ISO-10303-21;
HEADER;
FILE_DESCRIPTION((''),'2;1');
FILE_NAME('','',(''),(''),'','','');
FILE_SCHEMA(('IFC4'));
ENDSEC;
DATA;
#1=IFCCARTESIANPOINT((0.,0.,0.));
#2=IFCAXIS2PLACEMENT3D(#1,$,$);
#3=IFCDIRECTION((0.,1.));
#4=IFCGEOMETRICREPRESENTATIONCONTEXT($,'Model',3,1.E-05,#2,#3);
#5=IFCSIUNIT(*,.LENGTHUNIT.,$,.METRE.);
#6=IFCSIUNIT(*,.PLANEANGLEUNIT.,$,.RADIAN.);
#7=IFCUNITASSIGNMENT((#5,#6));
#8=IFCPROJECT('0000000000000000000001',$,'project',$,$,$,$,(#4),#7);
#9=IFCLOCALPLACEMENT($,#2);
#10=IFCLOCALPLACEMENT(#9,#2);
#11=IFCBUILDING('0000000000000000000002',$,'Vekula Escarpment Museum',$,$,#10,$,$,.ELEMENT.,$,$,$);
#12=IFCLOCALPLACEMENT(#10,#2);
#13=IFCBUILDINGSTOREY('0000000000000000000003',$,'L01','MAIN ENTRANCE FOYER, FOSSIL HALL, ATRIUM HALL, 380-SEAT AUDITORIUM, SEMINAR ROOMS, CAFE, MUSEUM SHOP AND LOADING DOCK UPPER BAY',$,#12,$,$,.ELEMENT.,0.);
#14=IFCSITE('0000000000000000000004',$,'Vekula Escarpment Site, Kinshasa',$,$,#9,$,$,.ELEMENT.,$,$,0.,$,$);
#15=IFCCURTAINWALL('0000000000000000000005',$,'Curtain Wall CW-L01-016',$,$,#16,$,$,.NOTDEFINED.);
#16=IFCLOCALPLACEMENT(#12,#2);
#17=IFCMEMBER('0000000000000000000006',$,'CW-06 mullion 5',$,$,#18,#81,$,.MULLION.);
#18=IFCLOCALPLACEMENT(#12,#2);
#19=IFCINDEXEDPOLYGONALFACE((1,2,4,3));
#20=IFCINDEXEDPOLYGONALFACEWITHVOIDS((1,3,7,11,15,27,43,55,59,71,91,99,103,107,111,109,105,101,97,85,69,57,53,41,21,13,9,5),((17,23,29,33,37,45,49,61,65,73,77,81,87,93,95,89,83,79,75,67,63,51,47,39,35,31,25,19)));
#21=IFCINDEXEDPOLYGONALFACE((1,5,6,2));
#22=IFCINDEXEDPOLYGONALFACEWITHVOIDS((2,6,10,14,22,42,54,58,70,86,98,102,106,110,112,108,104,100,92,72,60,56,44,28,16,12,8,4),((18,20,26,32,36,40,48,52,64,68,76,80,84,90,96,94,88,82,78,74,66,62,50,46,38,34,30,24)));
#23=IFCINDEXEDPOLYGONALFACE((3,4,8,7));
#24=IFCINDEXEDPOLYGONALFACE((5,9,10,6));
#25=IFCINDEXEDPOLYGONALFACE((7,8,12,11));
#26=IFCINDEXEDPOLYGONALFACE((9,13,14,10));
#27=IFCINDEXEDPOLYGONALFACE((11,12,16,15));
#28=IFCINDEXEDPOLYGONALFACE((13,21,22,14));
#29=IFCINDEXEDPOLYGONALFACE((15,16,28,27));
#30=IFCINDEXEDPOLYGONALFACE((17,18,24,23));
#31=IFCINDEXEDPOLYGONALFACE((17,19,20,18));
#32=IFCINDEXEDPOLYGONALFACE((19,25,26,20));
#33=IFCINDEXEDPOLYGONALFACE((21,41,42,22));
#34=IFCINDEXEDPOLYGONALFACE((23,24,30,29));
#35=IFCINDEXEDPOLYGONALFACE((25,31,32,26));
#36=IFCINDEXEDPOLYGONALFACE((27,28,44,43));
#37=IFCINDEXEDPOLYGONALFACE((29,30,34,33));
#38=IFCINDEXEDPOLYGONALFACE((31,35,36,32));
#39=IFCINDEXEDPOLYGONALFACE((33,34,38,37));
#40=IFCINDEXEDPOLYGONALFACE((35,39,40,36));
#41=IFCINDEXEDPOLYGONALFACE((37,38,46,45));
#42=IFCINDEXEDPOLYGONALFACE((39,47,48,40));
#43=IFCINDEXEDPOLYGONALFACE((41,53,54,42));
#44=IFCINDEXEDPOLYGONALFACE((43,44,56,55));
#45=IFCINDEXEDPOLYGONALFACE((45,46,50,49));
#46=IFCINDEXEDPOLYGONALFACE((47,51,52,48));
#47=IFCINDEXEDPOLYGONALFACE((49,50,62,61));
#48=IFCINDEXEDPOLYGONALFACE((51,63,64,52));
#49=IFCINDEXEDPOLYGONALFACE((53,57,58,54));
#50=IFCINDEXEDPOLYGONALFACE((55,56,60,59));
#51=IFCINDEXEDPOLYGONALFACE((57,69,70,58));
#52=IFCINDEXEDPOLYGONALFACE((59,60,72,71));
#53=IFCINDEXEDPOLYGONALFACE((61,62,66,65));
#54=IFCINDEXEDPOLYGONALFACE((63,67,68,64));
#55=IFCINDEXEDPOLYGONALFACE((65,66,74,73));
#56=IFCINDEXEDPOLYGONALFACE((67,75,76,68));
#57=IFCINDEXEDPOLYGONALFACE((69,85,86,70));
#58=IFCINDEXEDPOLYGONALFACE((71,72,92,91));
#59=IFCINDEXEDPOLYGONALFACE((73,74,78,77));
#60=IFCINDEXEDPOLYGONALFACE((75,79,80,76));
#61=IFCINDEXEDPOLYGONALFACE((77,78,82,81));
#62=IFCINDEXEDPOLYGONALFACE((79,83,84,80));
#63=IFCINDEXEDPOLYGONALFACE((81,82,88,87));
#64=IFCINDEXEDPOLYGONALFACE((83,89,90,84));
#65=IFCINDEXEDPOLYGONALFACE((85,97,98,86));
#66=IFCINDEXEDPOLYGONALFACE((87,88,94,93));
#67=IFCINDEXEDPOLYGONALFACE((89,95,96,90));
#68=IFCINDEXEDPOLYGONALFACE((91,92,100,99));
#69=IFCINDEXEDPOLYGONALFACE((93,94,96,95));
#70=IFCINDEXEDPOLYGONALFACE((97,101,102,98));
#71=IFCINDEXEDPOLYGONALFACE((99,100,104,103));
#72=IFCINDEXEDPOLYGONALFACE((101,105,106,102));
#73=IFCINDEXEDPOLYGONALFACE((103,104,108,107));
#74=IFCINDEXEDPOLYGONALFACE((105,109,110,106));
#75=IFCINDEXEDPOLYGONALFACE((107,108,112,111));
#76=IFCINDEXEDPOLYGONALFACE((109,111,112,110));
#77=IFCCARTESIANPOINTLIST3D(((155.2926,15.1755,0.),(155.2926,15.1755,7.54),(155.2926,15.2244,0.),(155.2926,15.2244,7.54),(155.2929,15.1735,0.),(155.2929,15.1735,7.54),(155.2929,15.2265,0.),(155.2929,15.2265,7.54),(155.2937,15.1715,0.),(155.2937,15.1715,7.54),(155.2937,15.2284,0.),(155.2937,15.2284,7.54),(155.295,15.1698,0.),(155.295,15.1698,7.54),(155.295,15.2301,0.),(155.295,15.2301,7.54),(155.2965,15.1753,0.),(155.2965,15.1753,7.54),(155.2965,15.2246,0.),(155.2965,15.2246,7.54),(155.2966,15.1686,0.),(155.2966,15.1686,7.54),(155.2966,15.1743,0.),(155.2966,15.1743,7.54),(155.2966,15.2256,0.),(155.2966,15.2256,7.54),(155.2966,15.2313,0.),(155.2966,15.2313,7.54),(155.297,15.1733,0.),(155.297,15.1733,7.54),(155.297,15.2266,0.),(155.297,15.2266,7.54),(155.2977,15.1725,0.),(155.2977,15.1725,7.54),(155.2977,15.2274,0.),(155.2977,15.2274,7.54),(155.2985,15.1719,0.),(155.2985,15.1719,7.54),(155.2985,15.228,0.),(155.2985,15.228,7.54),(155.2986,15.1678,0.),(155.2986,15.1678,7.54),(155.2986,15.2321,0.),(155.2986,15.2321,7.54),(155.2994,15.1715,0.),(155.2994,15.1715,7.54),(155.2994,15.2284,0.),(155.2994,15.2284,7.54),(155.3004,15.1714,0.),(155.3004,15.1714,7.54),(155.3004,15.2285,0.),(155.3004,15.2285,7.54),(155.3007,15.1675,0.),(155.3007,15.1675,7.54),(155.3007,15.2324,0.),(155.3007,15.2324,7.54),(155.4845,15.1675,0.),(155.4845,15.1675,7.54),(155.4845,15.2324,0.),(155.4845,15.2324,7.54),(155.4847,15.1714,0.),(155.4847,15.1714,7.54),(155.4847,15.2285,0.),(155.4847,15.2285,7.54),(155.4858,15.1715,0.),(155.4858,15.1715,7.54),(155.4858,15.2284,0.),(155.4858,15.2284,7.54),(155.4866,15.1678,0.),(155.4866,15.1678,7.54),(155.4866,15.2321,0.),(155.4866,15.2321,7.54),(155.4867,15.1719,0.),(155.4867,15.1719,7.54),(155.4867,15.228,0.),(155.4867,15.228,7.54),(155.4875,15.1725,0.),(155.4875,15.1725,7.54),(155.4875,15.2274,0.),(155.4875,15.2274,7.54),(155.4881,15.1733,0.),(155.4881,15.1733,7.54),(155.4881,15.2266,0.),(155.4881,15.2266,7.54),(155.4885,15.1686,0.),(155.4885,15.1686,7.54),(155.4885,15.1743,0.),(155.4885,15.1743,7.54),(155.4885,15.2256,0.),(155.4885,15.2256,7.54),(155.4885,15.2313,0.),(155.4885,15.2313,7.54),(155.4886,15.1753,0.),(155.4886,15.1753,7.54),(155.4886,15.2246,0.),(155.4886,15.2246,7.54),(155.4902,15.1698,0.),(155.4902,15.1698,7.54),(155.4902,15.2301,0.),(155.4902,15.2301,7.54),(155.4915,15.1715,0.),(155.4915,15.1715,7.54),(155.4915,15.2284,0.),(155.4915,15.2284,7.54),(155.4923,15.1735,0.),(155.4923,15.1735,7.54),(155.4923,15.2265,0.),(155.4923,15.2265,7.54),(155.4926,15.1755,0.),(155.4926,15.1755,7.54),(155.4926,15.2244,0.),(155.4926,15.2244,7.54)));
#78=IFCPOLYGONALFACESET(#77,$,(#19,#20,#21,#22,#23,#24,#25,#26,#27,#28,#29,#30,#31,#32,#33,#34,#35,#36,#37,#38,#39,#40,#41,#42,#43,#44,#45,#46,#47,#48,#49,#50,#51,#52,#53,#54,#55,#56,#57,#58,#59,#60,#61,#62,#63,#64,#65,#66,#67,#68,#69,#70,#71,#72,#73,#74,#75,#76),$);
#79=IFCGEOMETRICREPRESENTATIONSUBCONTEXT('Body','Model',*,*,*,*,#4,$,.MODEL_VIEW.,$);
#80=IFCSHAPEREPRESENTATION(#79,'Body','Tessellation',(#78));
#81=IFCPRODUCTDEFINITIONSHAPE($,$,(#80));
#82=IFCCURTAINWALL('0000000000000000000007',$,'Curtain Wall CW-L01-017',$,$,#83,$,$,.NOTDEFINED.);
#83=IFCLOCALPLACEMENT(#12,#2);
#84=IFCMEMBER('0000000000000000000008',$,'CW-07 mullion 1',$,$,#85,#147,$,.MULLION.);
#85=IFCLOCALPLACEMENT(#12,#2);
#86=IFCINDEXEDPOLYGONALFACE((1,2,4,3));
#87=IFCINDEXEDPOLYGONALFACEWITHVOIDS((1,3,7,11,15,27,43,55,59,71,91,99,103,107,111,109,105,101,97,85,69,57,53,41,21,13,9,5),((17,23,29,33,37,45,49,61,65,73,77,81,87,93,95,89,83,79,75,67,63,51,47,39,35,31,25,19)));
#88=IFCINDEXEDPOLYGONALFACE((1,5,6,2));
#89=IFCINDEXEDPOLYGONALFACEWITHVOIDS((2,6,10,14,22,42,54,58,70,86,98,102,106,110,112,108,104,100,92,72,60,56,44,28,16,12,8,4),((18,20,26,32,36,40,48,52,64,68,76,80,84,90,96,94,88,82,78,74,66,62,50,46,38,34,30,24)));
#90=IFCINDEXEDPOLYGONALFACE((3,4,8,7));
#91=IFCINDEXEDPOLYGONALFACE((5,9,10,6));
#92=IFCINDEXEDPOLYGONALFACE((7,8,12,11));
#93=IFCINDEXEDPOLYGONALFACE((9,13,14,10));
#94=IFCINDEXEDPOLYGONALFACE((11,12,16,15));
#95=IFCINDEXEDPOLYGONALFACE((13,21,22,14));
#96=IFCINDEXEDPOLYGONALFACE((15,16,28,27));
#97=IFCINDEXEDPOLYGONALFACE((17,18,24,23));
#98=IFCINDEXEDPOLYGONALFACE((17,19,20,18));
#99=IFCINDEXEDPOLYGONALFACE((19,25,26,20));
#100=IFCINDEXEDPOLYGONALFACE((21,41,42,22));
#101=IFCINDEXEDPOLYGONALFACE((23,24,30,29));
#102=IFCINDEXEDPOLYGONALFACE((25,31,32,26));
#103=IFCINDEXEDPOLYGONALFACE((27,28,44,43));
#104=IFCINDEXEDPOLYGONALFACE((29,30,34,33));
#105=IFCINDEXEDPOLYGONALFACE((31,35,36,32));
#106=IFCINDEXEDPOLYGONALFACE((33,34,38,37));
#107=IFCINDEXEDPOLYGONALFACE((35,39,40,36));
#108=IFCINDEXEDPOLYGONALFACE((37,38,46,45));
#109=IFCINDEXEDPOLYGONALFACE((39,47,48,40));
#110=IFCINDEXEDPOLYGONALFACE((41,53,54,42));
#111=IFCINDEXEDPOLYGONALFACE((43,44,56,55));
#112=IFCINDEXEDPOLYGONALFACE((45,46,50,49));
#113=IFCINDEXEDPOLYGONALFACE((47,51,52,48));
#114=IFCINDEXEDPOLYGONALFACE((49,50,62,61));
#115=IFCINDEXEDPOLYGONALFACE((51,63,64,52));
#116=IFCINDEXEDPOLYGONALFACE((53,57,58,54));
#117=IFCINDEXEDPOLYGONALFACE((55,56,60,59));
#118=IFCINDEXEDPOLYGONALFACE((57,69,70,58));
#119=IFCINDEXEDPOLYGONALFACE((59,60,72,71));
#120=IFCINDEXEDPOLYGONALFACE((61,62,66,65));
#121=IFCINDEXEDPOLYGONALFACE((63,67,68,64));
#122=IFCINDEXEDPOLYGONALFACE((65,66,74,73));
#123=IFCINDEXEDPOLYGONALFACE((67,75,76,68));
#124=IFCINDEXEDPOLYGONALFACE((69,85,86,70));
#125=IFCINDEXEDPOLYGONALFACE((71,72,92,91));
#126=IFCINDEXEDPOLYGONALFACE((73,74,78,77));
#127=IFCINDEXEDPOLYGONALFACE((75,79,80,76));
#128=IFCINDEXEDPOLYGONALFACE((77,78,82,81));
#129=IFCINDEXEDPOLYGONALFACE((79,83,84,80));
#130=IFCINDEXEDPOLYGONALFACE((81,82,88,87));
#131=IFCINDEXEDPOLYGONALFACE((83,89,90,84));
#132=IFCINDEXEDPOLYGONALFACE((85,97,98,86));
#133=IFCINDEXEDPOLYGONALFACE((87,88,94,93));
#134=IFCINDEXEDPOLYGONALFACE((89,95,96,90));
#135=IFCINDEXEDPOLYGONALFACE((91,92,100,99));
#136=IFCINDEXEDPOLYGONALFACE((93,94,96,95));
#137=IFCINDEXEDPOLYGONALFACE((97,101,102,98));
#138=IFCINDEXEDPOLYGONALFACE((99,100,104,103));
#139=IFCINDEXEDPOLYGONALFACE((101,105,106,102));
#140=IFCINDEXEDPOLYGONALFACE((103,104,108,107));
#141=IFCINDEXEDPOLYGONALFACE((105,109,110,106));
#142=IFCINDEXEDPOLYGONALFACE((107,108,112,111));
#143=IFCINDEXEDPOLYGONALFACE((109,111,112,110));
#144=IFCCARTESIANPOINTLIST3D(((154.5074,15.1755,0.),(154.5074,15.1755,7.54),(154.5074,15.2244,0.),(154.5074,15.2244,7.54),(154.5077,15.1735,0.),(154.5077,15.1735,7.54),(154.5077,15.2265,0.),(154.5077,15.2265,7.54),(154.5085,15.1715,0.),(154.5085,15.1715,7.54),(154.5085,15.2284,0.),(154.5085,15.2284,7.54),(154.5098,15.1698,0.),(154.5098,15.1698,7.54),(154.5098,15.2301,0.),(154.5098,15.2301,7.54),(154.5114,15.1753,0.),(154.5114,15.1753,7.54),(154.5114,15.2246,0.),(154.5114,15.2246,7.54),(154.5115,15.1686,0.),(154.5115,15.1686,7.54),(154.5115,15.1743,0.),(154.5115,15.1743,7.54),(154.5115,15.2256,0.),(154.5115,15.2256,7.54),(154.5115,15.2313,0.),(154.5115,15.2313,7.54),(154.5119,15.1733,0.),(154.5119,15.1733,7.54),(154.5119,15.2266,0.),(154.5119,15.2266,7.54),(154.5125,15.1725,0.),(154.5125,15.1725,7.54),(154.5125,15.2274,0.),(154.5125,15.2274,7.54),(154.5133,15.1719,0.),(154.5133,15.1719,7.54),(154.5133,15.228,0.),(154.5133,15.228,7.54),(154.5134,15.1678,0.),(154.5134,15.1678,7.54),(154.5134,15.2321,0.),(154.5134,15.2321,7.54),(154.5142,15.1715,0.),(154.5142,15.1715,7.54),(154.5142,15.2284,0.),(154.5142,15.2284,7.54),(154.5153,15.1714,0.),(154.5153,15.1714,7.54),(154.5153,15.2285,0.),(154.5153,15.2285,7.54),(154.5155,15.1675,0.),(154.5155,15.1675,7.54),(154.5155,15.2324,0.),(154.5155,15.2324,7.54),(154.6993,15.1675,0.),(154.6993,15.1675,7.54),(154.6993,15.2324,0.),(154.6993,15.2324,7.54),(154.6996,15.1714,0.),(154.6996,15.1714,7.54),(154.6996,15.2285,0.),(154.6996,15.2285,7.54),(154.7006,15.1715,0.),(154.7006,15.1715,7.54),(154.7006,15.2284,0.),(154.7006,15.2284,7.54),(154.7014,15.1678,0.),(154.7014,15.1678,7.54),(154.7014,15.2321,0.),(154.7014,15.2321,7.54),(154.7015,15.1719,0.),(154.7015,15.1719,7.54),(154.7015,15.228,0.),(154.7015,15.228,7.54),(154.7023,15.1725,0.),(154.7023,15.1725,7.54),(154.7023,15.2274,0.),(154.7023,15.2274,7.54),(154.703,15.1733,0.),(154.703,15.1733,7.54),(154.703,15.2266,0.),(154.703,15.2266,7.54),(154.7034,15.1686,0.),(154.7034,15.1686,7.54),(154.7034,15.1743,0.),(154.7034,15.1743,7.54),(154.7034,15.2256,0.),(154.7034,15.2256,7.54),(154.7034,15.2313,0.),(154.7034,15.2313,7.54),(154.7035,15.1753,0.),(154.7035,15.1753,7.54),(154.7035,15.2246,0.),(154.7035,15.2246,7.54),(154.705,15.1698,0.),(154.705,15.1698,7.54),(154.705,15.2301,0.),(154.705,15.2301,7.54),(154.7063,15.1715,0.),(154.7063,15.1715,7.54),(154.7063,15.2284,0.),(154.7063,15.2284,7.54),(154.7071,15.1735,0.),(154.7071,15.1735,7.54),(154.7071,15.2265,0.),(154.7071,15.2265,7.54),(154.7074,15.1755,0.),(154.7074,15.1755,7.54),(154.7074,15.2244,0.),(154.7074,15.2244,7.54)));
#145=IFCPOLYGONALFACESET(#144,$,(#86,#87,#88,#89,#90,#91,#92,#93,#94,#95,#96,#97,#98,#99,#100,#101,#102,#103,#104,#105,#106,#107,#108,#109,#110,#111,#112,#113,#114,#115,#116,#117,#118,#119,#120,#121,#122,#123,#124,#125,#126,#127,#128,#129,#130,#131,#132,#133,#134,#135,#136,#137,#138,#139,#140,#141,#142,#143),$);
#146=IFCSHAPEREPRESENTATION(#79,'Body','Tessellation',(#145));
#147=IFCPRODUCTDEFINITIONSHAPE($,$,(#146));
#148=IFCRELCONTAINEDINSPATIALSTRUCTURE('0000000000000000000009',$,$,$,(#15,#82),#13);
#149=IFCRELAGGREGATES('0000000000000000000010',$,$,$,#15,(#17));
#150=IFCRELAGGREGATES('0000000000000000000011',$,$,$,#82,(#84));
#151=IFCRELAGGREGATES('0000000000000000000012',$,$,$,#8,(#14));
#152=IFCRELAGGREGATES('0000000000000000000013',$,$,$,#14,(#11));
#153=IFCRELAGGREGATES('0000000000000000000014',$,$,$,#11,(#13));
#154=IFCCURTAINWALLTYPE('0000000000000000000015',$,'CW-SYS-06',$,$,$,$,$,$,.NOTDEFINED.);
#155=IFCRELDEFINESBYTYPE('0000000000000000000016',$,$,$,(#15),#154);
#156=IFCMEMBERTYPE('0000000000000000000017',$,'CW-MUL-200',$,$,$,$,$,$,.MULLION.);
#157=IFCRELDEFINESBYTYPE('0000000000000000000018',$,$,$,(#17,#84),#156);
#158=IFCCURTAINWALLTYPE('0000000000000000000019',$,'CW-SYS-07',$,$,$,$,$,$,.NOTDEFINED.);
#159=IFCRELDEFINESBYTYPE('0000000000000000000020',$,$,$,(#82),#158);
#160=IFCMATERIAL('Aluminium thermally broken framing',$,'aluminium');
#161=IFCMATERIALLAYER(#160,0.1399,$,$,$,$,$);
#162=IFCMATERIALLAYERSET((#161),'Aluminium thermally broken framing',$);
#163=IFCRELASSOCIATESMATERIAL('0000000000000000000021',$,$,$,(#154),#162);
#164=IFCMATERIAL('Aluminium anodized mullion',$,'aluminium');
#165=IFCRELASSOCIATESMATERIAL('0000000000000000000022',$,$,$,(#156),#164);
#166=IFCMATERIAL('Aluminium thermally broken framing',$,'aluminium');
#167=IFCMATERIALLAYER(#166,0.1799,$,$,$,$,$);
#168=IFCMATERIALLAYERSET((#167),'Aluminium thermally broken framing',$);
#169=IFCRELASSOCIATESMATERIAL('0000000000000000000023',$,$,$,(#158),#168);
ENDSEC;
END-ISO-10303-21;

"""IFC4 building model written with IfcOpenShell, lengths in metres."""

from ifc_helpers import new_model, si_unit, direction, frame, origin, origin_2d, place, context, subcontext, project, spatial, hollow_rectangle, extrude, material, layer, layer_set, material_profile, profile_set, type_object, element, aggregate, save


model = new_model("IFC4")

# Units and contexts
model_context = context("Model", 3, precision=1e-05, world=origin(), true_north=direction((0.0, 1.0)))
body_context = subcontext(model_context, "Body", "Model", "MODEL_VIEW")
ifc_project = project(units=[si_unit("LENGTHUNIT", "METRE"), si_unit("PLANEANGLEUNIT", "RADIAN")], contexts=[model_context])

# Site, building, storey
site_placement = place(None, origin())
site = spatial("IfcSite", under=ifc_project, at=site_placement, Name="Vekula Escarpment Site, Kinshasa", CompositionType="ELEMENT", RefElevation=0.0)
building_placement = place(site_placement, origin())
building = spatial("IfcBuilding", under=site, at=building_placement, Name="Vekula Escarpment Museum", CompositionType="ELEMENT")
storey_placement = place(building_placement, origin())
storey = spatial("IfcBuildingStorey", under=building, at=storey_placement, Name="L01", Description="MAIN ENTRANCE FOYER, FOSSIL HALL, ATRIUM HALL, 380-SEAT AUDITORIUM, SEMINAR ROOMS, CAFE, MUSEUM SHOP AND LOADING DOCK UPPER BAY", CompositionType="ELEMENT", Elevation=0.0)

# Curtain walls, members
ifc_material_1 = material(Name="Aluminium thermally broken framing", Category="aluminium")
ifc_layer_1 = layer(ifc_material_1, 0.1399)
ifc_layer_set_1 = layer_set([ifc_layer_1], Name="Aluminium thermally broken framing")
curtain_wall_type_1 = type_object("IfcCurtainWallType", Name="CW-SYS-06", PredefinedType="NOTDEFINED", material=ifc_layer_set_1)
curtain_wall_1_placement = place(storey_placement, origin())
curtain_wall_1 = element("IfcCurtainWall", 1, at=curtain_wall_1_placement, inside=storey, type_object=curtain_wall_type_1, Name="Curtain Wall CW-L01-016", PredefinedType="NOTDEFINED")
ifc_material_2 = material(Name="Aluminium anodized mullion", Category="aluminium")
ifc_material_profile_1 = material_profile(ifc_material_2, hollow_rectangle(XDim=0.0649, YDim=0.2, WallThickness=0.0039, InnerFilletRadius=0.0039, OuterFilletRadius=0.0081, at=origin_2d()), Name="ALU 200x65x4")
ifc_profile_set_1 = profile_set([ifc_material_profile_1], Name="Aluminium anodized mullion")
member_type_1 = type_object("IfcMemberType", Name="CW-MUL-200", PredefinedType="MULLION", material=ifc_profile_set_1)
member_1_placement = place(storey_placement, frame((155.3926, 15.2, 0.0), z_axis=(0.0, 0.0, 1.0), x_axis=(0.0, -1.0, 0.0)))
member_1 = element("IfcMember", 2, at=member_1_placement, type_object=member_type_1, Name="CW-06 mullion 5", PredefinedType="MULLION", context=body_context, shape_type="SweptSolid", body=[
    extrude(hollow_rectangle(XDim=0.0649, YDim=0.2, WallThickness=0.0039, InnerFilletRadius=0.0039, OuterFilletRadius=0.0081, at=origin_2d()), origin(), (0.0, 0.0, 1.0), 7.54),
])
ifc_material_3 = material(Name="Aluminium thermally broken framing", Category="aluminium")
ifc_layer_2 = layer(ifc_material_3, 0.1799)
ifc_layer_set_2 = layer_set([ifc_layer_2], Name="Aluminium thermally broken framing")
curtain_wall_type_2 = type_object("IfcCurtainWallType", Name="CW-SYS-07", PredefinedType="NOTDEFINED", material=ifc_layer_set_2)
curtain_wall_2_placement = place(storey_placement, origin())
curtain_wall_2 = element("IfcCurtainWall", 3, at=curtain_wall_2_placement, inside=storey, type_object=curtain_wall_type_2, Name="Curtain Wall CW-L01-017", PredefinedType="NOTDEFINED")
member_2_placement = place(storey_placement, frame((154.6074, 15.2, 0.0), z_axis=(0.0, 0.0, 1.0), x_axis=(0.0, -1.0, 0.0)))
member_2 = element("IfcMember", 4, at=member_2_placement, type_object=member_type_1, Name="CW-07 mullion 1", PredefinedType="MULLION", context=body_context, shape_type="SweptSolid", body=[
    extrude(hollow_rectangle(XDim=0.0649, YDim=0.2, WallThickness=0.0039, InnerFilletRadius=0.0039, OuterFilletRadius=0.0081, at=origin_2d()), origin(), (0.0, 0.0, 1.0), 7.54),
])

aggregate(curtain_wall_1, [member_1])
aggregate(curtain_wall_2, [member_2])

save(model, "model.ifc")
